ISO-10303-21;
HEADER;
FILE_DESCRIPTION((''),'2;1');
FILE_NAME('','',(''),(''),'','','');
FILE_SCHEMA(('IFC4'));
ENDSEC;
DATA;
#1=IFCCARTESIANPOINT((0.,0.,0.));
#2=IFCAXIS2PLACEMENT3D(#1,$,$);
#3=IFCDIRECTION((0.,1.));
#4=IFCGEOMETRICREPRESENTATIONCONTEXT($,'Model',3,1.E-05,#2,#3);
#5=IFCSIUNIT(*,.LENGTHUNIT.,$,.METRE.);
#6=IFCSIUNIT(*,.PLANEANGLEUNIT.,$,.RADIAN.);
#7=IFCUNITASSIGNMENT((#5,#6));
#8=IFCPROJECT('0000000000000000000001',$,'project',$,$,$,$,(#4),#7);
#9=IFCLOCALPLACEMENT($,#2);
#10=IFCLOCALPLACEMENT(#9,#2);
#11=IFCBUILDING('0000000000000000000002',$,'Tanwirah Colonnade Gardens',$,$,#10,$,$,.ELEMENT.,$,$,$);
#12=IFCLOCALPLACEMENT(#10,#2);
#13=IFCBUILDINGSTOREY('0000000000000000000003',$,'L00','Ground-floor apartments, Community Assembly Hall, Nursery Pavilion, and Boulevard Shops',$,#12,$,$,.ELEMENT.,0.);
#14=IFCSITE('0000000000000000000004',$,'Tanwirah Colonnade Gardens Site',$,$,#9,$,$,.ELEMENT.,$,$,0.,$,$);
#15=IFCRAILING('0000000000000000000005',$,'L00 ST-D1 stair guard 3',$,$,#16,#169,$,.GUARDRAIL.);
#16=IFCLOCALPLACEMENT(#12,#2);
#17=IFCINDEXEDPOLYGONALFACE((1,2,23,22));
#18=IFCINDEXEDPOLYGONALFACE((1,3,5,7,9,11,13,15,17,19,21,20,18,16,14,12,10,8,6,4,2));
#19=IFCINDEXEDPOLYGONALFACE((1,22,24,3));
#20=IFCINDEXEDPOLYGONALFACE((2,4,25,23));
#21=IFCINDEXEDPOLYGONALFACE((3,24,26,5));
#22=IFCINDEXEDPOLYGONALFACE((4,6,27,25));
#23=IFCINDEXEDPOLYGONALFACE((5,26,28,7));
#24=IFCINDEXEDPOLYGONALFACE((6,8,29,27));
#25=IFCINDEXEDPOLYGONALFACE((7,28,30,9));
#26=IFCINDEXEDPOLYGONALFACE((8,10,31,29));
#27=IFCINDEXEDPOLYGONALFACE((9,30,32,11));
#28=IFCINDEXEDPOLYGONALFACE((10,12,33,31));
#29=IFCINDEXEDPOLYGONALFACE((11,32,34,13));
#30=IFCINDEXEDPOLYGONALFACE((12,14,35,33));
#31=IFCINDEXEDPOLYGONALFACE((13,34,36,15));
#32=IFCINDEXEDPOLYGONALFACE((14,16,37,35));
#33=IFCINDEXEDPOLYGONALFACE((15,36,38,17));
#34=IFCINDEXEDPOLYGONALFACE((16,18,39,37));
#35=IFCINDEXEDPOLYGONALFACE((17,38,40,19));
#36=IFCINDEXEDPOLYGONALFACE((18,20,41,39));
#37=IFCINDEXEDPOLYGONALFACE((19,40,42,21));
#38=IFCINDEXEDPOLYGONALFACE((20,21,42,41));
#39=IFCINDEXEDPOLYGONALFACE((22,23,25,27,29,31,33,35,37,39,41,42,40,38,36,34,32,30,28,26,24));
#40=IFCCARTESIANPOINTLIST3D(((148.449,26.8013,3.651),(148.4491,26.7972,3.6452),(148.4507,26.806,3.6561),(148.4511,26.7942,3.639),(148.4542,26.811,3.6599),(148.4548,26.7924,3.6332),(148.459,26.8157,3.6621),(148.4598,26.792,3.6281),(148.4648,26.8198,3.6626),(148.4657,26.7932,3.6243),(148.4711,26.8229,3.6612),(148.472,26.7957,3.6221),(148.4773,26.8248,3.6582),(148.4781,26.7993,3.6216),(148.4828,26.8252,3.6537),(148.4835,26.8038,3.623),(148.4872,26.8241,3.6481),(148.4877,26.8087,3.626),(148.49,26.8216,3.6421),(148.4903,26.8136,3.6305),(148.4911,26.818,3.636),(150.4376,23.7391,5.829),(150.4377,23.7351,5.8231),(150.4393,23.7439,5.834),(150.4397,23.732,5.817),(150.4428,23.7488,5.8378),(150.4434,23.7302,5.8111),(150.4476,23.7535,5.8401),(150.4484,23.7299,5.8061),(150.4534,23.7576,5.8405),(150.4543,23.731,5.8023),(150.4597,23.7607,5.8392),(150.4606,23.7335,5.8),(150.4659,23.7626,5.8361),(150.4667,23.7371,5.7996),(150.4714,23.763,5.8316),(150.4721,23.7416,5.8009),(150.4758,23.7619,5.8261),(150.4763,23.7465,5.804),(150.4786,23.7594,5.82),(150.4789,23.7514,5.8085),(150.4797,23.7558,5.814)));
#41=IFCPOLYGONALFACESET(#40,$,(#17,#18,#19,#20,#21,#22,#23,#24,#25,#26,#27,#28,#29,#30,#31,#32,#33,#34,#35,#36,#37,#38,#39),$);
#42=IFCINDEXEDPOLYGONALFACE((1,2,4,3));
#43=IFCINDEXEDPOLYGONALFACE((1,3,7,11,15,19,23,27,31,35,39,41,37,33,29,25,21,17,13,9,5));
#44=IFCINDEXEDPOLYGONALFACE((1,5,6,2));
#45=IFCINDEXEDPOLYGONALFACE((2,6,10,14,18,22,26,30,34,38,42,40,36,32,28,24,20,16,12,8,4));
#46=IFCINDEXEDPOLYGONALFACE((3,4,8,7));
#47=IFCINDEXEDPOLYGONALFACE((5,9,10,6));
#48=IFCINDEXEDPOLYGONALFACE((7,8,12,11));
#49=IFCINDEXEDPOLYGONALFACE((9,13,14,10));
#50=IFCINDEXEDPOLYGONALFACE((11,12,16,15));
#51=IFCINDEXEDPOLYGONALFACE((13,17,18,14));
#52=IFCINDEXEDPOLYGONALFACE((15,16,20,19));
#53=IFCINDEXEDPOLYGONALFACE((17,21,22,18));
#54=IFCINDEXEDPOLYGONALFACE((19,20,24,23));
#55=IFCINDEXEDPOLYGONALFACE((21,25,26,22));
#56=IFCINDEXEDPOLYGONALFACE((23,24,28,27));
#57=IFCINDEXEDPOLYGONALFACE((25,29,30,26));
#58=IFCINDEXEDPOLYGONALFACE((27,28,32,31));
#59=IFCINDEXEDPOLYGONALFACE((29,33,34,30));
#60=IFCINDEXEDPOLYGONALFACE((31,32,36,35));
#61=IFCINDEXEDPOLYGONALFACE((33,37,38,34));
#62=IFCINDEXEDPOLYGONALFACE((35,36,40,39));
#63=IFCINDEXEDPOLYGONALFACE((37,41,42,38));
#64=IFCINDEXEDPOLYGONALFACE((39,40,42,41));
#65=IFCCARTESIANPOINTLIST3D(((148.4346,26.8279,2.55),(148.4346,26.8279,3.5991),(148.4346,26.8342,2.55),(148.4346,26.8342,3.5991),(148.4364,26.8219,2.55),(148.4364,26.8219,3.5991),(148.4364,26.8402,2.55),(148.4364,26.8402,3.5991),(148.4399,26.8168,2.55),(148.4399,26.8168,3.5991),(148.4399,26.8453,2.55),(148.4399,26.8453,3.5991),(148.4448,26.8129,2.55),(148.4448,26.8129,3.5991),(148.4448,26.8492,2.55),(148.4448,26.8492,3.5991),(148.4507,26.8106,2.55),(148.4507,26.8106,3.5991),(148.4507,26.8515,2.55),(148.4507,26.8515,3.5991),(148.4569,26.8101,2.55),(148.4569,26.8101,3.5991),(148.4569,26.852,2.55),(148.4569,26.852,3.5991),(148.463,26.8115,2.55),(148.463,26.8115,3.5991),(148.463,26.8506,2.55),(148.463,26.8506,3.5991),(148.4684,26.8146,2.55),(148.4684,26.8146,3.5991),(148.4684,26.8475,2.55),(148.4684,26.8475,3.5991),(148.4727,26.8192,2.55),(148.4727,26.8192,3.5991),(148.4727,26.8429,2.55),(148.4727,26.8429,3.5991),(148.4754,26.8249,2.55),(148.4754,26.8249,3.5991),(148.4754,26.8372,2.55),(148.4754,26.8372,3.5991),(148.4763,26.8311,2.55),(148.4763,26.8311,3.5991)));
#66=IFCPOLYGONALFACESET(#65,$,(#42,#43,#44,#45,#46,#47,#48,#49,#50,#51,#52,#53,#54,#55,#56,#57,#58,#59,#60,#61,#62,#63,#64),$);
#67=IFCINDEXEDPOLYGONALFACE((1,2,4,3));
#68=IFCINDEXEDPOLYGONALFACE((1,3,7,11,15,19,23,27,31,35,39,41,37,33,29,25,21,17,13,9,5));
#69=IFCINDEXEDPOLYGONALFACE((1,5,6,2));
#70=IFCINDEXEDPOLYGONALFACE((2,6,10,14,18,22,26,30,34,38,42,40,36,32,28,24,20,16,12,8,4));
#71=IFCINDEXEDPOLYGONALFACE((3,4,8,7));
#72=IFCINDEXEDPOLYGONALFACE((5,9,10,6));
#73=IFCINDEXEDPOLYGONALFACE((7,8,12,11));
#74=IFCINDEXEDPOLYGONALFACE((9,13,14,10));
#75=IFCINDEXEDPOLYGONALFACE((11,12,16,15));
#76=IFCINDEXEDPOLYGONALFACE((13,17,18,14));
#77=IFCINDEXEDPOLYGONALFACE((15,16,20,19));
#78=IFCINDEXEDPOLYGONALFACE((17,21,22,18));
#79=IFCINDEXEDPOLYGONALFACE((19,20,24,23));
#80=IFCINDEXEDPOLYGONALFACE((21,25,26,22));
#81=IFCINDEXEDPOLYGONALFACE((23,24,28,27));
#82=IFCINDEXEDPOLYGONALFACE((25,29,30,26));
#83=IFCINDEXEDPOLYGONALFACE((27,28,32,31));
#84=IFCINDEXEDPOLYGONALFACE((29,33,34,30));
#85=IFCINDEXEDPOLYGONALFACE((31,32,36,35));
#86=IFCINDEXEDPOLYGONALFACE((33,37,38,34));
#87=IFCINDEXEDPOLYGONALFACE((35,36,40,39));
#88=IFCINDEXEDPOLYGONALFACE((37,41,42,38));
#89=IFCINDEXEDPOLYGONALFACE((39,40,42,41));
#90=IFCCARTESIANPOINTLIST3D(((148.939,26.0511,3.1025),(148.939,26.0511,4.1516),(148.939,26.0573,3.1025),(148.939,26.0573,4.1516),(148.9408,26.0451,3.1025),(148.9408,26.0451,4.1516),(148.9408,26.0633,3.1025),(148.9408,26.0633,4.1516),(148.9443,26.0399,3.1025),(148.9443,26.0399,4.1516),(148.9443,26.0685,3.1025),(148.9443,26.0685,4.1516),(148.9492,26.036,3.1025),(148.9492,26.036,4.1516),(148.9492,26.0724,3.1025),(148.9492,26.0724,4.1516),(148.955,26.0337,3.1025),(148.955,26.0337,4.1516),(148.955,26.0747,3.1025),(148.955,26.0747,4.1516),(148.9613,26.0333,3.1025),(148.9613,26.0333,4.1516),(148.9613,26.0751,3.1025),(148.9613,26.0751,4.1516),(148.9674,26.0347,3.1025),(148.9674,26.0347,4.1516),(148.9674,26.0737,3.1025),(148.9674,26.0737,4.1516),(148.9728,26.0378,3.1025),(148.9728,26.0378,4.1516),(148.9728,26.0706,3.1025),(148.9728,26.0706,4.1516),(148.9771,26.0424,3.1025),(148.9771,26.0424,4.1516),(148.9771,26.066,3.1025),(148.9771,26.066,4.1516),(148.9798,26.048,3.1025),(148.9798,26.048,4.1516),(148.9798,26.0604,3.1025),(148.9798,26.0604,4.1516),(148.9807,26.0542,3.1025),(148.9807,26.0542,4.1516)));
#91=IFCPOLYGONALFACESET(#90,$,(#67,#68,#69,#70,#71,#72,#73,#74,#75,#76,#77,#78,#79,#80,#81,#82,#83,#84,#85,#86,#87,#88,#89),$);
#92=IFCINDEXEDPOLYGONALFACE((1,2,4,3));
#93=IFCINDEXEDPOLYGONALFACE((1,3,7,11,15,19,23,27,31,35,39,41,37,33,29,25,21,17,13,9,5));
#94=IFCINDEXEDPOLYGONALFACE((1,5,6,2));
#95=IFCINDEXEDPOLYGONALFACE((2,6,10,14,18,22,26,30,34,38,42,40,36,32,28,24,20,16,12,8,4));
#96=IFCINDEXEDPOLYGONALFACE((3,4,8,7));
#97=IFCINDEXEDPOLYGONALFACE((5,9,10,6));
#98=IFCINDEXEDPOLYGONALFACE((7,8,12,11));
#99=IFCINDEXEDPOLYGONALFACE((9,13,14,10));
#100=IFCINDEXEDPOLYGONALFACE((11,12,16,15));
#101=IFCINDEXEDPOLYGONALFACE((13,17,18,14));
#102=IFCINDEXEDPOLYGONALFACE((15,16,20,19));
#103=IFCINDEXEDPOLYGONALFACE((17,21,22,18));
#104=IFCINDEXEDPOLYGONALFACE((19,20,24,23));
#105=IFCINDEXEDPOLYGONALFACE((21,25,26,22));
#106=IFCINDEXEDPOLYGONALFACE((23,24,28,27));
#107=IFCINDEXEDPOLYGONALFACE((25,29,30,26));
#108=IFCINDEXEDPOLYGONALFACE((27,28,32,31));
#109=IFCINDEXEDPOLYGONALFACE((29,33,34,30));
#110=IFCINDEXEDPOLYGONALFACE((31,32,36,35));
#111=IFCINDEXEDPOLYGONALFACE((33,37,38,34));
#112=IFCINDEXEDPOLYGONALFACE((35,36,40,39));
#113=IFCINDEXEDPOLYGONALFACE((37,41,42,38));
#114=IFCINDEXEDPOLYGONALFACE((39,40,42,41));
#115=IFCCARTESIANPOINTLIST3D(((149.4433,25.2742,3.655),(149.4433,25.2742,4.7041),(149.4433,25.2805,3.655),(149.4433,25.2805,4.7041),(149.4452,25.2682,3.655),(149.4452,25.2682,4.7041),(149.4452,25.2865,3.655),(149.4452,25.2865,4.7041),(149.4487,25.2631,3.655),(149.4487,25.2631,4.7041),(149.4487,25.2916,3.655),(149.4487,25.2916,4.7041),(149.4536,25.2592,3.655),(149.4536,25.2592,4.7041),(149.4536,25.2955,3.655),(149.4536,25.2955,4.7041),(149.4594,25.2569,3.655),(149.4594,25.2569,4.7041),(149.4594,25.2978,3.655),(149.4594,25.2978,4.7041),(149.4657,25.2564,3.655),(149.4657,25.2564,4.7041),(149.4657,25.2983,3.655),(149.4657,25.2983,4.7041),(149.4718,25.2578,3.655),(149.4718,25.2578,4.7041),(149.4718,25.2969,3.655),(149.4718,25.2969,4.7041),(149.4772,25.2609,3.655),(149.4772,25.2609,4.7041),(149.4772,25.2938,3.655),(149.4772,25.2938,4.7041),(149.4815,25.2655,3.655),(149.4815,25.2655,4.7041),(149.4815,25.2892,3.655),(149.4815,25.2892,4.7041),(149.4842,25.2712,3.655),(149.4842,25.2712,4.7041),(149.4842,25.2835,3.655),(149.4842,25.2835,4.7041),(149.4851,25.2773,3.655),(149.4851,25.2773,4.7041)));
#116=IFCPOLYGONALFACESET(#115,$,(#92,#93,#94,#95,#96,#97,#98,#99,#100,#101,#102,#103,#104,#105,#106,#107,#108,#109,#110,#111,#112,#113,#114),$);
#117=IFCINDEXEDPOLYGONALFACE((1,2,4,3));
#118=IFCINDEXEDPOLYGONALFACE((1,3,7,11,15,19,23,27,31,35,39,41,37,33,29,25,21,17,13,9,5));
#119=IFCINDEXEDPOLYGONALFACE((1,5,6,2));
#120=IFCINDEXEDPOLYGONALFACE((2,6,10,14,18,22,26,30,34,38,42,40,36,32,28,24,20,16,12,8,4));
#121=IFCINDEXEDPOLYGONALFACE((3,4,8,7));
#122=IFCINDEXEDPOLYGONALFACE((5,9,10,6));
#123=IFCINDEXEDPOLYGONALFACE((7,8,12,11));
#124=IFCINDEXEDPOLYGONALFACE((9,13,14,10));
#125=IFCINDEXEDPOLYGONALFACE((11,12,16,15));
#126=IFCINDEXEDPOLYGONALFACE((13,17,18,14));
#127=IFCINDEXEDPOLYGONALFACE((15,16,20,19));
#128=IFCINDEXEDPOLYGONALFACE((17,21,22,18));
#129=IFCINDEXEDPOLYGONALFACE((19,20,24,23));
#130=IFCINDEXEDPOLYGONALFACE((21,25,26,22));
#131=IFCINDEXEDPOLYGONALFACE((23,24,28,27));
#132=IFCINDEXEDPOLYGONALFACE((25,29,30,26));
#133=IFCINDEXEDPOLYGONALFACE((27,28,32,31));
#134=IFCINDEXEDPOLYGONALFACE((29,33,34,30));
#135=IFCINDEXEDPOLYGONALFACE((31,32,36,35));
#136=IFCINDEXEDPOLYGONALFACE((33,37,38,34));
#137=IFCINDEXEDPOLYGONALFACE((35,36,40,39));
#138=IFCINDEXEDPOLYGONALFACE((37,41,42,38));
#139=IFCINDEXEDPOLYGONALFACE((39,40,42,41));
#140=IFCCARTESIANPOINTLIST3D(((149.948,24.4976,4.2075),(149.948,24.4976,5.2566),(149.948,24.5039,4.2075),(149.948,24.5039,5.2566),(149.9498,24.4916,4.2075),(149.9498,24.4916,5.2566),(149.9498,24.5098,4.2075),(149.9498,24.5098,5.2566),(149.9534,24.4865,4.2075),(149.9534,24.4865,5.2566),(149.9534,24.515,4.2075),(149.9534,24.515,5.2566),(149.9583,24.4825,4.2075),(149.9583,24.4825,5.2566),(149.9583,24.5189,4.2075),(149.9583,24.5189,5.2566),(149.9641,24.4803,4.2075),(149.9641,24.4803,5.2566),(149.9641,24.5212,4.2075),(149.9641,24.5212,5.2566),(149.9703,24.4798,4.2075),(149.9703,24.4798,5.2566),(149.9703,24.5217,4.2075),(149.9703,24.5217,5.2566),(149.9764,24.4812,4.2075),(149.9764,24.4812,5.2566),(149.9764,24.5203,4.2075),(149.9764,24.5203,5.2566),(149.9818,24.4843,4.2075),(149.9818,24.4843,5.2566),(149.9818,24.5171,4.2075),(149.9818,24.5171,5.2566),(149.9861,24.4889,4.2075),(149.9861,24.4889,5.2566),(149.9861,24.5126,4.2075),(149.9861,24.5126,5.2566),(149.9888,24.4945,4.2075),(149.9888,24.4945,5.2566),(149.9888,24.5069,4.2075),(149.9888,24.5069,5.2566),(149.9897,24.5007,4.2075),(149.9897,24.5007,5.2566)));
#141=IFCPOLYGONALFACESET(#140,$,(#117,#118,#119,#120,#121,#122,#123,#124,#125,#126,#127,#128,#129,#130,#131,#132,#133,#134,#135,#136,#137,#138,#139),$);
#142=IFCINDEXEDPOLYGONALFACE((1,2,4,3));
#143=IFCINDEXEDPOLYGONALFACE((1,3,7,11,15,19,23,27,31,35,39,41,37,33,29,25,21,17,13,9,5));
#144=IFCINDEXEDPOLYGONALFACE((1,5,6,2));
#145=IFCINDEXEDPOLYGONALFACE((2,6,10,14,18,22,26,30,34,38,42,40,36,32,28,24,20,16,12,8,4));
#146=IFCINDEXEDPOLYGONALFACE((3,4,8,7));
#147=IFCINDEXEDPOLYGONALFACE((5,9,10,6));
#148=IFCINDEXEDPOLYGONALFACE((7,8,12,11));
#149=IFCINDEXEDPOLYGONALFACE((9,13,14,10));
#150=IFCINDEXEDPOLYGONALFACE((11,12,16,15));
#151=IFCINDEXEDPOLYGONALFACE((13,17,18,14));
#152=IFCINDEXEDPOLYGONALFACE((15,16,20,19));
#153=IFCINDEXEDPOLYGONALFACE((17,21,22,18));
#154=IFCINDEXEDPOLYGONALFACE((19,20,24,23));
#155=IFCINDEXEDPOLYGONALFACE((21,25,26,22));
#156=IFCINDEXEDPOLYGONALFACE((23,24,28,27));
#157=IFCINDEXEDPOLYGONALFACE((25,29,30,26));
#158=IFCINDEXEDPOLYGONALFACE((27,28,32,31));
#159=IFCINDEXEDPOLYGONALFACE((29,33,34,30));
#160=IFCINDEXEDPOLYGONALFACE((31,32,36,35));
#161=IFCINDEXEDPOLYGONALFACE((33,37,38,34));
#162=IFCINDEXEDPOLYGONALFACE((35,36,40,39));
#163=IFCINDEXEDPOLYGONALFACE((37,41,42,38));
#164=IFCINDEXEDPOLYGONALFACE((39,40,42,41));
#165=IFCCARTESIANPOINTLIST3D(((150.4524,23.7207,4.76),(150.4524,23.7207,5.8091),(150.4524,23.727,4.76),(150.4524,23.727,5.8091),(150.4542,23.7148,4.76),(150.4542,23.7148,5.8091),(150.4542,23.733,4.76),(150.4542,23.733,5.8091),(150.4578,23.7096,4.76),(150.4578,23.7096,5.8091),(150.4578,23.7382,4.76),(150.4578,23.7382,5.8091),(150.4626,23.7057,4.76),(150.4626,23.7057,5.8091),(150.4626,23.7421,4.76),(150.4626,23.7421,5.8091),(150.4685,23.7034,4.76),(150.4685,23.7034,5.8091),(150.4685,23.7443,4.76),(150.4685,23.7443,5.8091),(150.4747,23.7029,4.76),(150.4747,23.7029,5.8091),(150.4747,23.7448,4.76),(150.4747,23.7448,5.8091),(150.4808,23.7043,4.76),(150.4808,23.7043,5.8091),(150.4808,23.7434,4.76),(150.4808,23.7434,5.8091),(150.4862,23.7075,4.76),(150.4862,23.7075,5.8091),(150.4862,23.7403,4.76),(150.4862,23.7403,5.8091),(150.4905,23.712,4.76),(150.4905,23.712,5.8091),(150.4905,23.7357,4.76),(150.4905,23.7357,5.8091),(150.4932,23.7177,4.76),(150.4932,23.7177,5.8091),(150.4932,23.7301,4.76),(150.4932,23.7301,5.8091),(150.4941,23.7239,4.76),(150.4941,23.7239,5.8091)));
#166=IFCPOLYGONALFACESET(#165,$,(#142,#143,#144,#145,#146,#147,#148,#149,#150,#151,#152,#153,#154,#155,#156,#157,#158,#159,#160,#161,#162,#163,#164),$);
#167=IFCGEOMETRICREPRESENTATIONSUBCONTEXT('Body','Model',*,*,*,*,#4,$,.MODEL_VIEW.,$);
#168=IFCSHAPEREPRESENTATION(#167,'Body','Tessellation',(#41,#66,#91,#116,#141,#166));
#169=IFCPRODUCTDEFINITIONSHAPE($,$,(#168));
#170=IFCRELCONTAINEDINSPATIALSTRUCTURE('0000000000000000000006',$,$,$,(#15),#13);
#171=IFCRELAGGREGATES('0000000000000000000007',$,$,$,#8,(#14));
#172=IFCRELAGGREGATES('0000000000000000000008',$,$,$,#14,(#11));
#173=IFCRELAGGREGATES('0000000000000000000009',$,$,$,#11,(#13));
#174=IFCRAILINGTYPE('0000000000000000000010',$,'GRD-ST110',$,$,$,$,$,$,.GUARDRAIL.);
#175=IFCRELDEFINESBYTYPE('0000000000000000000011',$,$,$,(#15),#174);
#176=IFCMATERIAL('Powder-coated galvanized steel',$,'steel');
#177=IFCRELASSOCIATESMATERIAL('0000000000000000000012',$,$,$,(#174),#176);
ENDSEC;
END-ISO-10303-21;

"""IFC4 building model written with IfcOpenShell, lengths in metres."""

from ifc_helpers import new_model, si_unit, direction, frame, origin, origin_2d, place, context, subcontext, project, spatial, circle, extrude, material, type_object, element, save


model = new_model("IFC4")

# Units and contexts
model_context = context("Model", 3, precision=1e-05, world=origin(), true_north=direction((0.0, 1.0)))
body_context = subcontext(model_context, "Body", "Model", "MODEL_VIEW")
ifc_project = project(units=[si_unit("LENGTHUNIT", "METRE"), si_unit("PLANEANGLEUNIT", "RADIAN")], contexts=[model_context])

# Site, building, storey
site_placement = place(None, origin())
site = spatial("IfcSite", under=ifc_project, at=site_placement, Name="Tanwirah Colonnade Gardens Site", CompositionType="ELEMENT", RefElevation=0.0)
building_placement = place(site_placement, origin())
building = spatial("IfcBuilding", under=site, at=building_placement, Name="Tanwirah Colonnade Gardens", CompositionType="ELEMENT")
storey_placement = place(building_placement, origin())
storey = spatial("IfcBuildingStorey", under=building, at=storey_placement, Name="L00", Description="Ground-floor apartments, Community Assembly Hall, Nursery Pavilion, and Boulevard Shops", CompositionType="ELEMENT", Elevation=0.0)

# Railing
ifc_material_1 = material(Name="Powder-coated galvanized steel", Category="steel")
railing_type_1 = type_object("IfcRailingType", Name="GRD-ST110", PredefinedType="GUARDRAIL", material=ifc_material_1)
railing_1_placement = place(storey_placement, frame((148.4553, 26.8311, 2.55)))
element("IfcRailing", 1, at=railing_1_placement, inside=storey, type_object=railing_type_1, Name="L00 ST-D1 stair guard 3", PredefinedType="GUARDRAIL", context=body_context, shape_type="SweptSolid", body=[
    extrude(circle(Radius=0.0239, at=origin_2d()), frame((0.0146, -0.0225, 1.092), z_axis=(0.467745, -0.720264, 0.512284), x_axis=(0.838671, 0.544639, 0.0)), (0.0, 0.0, 1.0), 4.2515),
    extrude(circle(Radius=0.021, at=origin_2d()), origin(), (0.0, 0.0, 1.0), 1.0491),
    extrude(circle(Radius=0.021, at=origin_2d()), frame((0.5044, -0.7769, 0.5525)), (0.0, 0.0, 1.0), 1.0491),
    extrude(circle(Radius=0.021, at=origin_2d()), frame((1.0088, -1.5537, 1.105)), (0.0, 0.0, 1.0), 1.0491),
    extrude(circle(Radius=0.021, at=origin_2d()), frame((1.5134, -2.3303, 1.6575)), (0.0, 0.0, 1.0), 1.0491),
    extrude(circle(Radius=0.021, at=origin_2d()), frame((2.0178, -3.1072, 2.21)), (0.0, 0.0, 1.0), 1.0491),
])

save(model, "model.ifc")
